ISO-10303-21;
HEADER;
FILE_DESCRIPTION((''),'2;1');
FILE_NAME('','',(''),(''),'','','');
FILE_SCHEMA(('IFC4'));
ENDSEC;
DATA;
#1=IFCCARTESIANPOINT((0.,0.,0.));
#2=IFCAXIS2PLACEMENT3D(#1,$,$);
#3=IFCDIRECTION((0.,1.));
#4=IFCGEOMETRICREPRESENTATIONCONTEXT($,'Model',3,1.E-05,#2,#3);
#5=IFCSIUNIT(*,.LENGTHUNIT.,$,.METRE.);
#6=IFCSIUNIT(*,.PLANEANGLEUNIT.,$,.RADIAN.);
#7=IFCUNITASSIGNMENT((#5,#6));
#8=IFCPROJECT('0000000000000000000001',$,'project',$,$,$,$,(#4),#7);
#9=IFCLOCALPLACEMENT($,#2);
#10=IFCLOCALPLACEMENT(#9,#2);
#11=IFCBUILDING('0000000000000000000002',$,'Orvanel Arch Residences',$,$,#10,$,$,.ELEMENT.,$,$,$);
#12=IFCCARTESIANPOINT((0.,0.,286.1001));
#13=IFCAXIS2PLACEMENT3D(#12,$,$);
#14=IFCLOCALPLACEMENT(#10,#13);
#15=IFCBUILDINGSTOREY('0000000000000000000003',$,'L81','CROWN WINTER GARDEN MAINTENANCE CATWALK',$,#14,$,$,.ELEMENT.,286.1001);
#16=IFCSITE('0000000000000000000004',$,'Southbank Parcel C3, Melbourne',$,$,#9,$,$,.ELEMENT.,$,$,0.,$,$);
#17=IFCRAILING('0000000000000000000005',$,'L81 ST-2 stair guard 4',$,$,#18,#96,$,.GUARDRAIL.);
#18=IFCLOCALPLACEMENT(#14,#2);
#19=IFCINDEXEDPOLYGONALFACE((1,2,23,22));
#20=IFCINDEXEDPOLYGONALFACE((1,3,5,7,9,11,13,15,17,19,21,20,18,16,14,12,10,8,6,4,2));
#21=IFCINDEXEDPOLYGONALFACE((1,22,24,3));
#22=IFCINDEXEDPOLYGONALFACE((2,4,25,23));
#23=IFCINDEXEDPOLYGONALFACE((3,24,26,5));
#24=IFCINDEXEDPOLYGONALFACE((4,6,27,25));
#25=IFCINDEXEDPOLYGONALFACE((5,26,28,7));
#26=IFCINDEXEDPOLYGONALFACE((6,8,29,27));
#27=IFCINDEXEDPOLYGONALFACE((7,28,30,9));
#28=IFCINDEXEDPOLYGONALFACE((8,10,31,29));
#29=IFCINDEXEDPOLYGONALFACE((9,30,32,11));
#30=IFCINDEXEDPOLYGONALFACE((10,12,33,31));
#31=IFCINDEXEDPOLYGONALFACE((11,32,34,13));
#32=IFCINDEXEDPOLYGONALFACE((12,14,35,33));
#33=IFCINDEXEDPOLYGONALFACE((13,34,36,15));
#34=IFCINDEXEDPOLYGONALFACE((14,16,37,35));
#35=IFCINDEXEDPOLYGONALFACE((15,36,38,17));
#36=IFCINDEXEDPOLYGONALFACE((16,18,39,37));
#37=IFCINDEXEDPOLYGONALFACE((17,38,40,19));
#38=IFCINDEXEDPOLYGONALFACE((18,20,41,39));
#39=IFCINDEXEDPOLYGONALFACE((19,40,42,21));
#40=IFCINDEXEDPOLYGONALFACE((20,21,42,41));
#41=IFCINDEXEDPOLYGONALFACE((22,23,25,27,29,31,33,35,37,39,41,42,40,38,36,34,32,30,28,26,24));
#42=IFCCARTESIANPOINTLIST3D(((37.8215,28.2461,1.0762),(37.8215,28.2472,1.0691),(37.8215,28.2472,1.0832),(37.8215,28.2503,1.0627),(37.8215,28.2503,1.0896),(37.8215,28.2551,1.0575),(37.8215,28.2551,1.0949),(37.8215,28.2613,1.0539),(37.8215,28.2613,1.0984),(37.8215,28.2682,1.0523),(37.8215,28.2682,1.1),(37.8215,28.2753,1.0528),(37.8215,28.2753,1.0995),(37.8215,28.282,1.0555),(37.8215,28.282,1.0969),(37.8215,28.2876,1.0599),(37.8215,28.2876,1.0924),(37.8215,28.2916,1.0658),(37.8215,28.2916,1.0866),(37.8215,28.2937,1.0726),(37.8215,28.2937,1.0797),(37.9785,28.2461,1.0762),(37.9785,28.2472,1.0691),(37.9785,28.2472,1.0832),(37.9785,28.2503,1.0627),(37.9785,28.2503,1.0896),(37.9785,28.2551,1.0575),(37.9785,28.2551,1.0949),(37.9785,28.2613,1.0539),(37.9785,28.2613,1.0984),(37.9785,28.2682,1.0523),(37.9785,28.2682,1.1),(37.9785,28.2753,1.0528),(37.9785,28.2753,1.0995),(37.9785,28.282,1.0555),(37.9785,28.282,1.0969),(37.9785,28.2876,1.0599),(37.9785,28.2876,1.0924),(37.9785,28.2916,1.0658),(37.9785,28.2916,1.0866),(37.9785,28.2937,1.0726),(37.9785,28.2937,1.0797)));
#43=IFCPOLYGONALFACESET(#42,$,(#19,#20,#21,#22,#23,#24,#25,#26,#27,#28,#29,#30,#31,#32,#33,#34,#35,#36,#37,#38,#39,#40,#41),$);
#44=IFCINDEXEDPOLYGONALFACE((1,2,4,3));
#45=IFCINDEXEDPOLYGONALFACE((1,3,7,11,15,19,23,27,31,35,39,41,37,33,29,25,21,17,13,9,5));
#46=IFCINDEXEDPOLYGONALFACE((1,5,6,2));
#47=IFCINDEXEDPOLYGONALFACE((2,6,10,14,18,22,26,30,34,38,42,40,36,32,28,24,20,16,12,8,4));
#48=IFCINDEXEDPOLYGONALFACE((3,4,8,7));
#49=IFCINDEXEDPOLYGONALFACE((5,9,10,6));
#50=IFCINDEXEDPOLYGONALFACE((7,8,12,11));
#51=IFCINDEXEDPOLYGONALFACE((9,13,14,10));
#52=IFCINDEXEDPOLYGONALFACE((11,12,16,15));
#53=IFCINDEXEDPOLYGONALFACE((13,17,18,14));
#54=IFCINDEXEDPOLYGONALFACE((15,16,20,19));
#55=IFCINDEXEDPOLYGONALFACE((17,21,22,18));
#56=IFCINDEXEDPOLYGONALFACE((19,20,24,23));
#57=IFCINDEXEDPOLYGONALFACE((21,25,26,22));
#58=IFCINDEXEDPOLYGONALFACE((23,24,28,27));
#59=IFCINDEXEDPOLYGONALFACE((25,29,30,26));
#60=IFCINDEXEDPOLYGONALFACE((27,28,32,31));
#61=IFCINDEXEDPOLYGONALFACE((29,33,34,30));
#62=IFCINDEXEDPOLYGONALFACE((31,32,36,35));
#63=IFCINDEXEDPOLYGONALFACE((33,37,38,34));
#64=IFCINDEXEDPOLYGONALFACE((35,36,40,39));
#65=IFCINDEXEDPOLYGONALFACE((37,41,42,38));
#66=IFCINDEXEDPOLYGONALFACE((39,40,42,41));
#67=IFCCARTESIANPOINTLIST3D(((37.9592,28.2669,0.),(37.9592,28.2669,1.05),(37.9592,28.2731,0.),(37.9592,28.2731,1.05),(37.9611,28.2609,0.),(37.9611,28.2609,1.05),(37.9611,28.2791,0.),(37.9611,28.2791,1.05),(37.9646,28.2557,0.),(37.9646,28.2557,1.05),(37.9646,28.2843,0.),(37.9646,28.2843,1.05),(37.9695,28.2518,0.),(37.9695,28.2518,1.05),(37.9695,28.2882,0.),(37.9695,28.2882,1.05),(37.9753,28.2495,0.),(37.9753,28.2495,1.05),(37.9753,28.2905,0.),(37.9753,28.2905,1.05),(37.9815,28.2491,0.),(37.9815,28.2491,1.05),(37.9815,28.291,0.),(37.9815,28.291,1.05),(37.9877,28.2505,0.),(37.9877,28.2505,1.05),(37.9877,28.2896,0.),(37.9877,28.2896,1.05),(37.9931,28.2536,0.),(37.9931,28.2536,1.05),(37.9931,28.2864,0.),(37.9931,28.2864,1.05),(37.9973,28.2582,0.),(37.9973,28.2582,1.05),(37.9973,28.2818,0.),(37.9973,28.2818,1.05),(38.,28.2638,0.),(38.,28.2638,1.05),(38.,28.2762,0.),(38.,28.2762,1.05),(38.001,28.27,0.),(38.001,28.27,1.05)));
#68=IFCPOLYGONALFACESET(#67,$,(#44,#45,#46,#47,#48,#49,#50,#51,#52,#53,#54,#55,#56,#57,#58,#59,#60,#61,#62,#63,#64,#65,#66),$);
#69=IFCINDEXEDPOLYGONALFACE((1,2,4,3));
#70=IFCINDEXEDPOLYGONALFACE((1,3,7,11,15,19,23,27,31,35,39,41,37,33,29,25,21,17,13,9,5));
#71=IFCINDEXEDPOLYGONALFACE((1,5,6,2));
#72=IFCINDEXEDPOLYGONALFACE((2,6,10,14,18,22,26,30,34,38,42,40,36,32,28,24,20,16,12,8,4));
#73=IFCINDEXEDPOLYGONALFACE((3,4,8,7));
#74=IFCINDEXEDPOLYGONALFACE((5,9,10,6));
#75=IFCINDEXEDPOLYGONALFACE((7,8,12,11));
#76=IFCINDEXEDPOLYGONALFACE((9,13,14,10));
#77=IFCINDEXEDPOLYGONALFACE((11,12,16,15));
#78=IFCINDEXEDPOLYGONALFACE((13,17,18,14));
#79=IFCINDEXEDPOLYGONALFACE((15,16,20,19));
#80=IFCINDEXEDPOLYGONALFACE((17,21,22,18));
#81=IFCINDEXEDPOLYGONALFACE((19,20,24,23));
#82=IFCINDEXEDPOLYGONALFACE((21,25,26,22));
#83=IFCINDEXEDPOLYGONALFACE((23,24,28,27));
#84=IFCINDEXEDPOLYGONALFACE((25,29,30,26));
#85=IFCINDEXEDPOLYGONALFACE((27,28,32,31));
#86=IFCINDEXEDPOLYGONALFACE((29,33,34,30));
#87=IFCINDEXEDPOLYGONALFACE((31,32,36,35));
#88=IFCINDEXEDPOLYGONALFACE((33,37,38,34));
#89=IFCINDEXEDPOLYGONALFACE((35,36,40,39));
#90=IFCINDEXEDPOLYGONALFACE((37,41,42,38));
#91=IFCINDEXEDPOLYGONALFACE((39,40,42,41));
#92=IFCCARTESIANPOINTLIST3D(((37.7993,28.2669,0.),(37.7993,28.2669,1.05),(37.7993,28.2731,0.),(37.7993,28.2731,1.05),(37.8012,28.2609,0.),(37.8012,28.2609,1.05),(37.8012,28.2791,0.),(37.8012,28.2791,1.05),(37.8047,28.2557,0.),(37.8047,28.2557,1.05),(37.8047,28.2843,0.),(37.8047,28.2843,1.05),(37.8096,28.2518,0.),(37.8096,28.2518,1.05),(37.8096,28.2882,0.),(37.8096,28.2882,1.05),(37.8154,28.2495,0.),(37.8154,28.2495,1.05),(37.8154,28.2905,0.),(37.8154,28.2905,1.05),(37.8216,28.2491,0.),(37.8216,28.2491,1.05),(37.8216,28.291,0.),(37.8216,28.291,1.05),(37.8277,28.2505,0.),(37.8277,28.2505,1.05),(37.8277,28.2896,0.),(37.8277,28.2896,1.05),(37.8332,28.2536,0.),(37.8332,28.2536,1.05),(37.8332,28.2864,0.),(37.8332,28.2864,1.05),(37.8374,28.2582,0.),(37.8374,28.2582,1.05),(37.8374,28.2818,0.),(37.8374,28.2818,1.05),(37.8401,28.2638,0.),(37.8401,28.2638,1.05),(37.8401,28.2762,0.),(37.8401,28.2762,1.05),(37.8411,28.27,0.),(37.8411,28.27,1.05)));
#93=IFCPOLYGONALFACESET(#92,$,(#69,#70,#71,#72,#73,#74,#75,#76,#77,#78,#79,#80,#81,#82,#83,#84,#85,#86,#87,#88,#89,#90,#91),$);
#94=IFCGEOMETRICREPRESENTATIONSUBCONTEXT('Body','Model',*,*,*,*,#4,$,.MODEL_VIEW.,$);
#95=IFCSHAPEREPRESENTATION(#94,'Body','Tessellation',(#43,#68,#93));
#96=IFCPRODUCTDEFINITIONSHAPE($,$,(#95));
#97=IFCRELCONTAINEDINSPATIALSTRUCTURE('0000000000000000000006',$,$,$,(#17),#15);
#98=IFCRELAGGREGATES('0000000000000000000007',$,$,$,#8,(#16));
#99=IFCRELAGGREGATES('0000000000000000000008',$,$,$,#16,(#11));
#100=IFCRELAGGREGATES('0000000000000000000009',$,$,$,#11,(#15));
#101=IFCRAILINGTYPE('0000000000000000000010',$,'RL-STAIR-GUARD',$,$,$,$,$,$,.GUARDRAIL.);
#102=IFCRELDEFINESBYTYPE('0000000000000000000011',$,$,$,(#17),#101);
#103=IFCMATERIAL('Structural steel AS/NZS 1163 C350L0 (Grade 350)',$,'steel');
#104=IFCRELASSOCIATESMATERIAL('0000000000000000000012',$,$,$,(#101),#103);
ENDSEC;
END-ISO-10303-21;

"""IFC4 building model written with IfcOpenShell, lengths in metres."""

from ifc_helpers import new_model, si_unit, direction, frame, origin, origin_2d, place, context, subcontext, project, spatial, circle, extrude, material, type_object, element, save


model = new_model("IFC4")

# Units and contexts
model_context = context("Model", 3, precision=1e-05, world=origin(), true_north=direction((0.0, 1.0)))
body_context = subcontext(model_context, "Body", "Model", "MODEL_VIEW")
ifc_project = project(units=[si_unit("LENGTHUNIT", "METRE"), si_unit("PLANEANGLEUNIT", "RADIAN")], contexts=[model_context])

# Site, building, storey
site_placement = place(None, origin())
site = spatial("IfcSite", under=ifc_project, at=site_placement, Name="Southbank Parcel C3, Melbourne", CompositionType="ELEMENT", RefElevation=0.0)
building_placement = place(site_placement, origin())
building = spatial("IfcBuilding", under=site, at=building_placement, Name="Orvanel Arch Residences", CompositionType="ELEMENT")
storey_placement = place(building_placement, frame((0.0, 0.0, 286.1001)))
storey = spatial("IfcBuildingStorey", under=building, at=storey_placement, Name="L81", Description="CROWN WINTER GARDEN MAINTENANCE CATWALK", CompositionType="ELEMENT", Elevation=286.1001)

# Shared definitions
ifc_material_1 = material(Name="Structural steel AS/NZS 1163 C350L0 (Grade 350)", Category="steel")

# Railing
railing_type_1 = type_object("IfcRailingType", Name="RL-STAIR-GUARD", PredefinedType="GUARDRAIL", material=ifc_material_1)
railing_1_placement = place(storey_placement, frame((37.98, 28.27, 0.0)))
element("IfcRailing", 1, at=railing_1_placement, inside=storey, type_object=railing_type_1, Name="L81 ST-2 stair guard 4", PredefinedType="GUARDRAIL", context=body_context, shape_type="SweptSolid", body=[
    extrude(circle(Radius=0.0239, at=origin_2d()), frame((-0.0015, 0.0, 1.0762), z_axis=(-1.0, 0.0, 0.0), x_axis=(0.0, -1.0, 0.0)), (0.0, 0.0, 1.0), 0.157),
    extrude(circle(Radius=0.021, at=origin_2d()), origin(), (0.0, 0.0, 1.0), 1.05),
    extrude(circle(Radius=0.021, at=origin_2d()), frame((-0.1599, 0.0, 0.0)), (0.0, 0.0, 1.0), 1.05),
])

save(model, "model.ifc")
